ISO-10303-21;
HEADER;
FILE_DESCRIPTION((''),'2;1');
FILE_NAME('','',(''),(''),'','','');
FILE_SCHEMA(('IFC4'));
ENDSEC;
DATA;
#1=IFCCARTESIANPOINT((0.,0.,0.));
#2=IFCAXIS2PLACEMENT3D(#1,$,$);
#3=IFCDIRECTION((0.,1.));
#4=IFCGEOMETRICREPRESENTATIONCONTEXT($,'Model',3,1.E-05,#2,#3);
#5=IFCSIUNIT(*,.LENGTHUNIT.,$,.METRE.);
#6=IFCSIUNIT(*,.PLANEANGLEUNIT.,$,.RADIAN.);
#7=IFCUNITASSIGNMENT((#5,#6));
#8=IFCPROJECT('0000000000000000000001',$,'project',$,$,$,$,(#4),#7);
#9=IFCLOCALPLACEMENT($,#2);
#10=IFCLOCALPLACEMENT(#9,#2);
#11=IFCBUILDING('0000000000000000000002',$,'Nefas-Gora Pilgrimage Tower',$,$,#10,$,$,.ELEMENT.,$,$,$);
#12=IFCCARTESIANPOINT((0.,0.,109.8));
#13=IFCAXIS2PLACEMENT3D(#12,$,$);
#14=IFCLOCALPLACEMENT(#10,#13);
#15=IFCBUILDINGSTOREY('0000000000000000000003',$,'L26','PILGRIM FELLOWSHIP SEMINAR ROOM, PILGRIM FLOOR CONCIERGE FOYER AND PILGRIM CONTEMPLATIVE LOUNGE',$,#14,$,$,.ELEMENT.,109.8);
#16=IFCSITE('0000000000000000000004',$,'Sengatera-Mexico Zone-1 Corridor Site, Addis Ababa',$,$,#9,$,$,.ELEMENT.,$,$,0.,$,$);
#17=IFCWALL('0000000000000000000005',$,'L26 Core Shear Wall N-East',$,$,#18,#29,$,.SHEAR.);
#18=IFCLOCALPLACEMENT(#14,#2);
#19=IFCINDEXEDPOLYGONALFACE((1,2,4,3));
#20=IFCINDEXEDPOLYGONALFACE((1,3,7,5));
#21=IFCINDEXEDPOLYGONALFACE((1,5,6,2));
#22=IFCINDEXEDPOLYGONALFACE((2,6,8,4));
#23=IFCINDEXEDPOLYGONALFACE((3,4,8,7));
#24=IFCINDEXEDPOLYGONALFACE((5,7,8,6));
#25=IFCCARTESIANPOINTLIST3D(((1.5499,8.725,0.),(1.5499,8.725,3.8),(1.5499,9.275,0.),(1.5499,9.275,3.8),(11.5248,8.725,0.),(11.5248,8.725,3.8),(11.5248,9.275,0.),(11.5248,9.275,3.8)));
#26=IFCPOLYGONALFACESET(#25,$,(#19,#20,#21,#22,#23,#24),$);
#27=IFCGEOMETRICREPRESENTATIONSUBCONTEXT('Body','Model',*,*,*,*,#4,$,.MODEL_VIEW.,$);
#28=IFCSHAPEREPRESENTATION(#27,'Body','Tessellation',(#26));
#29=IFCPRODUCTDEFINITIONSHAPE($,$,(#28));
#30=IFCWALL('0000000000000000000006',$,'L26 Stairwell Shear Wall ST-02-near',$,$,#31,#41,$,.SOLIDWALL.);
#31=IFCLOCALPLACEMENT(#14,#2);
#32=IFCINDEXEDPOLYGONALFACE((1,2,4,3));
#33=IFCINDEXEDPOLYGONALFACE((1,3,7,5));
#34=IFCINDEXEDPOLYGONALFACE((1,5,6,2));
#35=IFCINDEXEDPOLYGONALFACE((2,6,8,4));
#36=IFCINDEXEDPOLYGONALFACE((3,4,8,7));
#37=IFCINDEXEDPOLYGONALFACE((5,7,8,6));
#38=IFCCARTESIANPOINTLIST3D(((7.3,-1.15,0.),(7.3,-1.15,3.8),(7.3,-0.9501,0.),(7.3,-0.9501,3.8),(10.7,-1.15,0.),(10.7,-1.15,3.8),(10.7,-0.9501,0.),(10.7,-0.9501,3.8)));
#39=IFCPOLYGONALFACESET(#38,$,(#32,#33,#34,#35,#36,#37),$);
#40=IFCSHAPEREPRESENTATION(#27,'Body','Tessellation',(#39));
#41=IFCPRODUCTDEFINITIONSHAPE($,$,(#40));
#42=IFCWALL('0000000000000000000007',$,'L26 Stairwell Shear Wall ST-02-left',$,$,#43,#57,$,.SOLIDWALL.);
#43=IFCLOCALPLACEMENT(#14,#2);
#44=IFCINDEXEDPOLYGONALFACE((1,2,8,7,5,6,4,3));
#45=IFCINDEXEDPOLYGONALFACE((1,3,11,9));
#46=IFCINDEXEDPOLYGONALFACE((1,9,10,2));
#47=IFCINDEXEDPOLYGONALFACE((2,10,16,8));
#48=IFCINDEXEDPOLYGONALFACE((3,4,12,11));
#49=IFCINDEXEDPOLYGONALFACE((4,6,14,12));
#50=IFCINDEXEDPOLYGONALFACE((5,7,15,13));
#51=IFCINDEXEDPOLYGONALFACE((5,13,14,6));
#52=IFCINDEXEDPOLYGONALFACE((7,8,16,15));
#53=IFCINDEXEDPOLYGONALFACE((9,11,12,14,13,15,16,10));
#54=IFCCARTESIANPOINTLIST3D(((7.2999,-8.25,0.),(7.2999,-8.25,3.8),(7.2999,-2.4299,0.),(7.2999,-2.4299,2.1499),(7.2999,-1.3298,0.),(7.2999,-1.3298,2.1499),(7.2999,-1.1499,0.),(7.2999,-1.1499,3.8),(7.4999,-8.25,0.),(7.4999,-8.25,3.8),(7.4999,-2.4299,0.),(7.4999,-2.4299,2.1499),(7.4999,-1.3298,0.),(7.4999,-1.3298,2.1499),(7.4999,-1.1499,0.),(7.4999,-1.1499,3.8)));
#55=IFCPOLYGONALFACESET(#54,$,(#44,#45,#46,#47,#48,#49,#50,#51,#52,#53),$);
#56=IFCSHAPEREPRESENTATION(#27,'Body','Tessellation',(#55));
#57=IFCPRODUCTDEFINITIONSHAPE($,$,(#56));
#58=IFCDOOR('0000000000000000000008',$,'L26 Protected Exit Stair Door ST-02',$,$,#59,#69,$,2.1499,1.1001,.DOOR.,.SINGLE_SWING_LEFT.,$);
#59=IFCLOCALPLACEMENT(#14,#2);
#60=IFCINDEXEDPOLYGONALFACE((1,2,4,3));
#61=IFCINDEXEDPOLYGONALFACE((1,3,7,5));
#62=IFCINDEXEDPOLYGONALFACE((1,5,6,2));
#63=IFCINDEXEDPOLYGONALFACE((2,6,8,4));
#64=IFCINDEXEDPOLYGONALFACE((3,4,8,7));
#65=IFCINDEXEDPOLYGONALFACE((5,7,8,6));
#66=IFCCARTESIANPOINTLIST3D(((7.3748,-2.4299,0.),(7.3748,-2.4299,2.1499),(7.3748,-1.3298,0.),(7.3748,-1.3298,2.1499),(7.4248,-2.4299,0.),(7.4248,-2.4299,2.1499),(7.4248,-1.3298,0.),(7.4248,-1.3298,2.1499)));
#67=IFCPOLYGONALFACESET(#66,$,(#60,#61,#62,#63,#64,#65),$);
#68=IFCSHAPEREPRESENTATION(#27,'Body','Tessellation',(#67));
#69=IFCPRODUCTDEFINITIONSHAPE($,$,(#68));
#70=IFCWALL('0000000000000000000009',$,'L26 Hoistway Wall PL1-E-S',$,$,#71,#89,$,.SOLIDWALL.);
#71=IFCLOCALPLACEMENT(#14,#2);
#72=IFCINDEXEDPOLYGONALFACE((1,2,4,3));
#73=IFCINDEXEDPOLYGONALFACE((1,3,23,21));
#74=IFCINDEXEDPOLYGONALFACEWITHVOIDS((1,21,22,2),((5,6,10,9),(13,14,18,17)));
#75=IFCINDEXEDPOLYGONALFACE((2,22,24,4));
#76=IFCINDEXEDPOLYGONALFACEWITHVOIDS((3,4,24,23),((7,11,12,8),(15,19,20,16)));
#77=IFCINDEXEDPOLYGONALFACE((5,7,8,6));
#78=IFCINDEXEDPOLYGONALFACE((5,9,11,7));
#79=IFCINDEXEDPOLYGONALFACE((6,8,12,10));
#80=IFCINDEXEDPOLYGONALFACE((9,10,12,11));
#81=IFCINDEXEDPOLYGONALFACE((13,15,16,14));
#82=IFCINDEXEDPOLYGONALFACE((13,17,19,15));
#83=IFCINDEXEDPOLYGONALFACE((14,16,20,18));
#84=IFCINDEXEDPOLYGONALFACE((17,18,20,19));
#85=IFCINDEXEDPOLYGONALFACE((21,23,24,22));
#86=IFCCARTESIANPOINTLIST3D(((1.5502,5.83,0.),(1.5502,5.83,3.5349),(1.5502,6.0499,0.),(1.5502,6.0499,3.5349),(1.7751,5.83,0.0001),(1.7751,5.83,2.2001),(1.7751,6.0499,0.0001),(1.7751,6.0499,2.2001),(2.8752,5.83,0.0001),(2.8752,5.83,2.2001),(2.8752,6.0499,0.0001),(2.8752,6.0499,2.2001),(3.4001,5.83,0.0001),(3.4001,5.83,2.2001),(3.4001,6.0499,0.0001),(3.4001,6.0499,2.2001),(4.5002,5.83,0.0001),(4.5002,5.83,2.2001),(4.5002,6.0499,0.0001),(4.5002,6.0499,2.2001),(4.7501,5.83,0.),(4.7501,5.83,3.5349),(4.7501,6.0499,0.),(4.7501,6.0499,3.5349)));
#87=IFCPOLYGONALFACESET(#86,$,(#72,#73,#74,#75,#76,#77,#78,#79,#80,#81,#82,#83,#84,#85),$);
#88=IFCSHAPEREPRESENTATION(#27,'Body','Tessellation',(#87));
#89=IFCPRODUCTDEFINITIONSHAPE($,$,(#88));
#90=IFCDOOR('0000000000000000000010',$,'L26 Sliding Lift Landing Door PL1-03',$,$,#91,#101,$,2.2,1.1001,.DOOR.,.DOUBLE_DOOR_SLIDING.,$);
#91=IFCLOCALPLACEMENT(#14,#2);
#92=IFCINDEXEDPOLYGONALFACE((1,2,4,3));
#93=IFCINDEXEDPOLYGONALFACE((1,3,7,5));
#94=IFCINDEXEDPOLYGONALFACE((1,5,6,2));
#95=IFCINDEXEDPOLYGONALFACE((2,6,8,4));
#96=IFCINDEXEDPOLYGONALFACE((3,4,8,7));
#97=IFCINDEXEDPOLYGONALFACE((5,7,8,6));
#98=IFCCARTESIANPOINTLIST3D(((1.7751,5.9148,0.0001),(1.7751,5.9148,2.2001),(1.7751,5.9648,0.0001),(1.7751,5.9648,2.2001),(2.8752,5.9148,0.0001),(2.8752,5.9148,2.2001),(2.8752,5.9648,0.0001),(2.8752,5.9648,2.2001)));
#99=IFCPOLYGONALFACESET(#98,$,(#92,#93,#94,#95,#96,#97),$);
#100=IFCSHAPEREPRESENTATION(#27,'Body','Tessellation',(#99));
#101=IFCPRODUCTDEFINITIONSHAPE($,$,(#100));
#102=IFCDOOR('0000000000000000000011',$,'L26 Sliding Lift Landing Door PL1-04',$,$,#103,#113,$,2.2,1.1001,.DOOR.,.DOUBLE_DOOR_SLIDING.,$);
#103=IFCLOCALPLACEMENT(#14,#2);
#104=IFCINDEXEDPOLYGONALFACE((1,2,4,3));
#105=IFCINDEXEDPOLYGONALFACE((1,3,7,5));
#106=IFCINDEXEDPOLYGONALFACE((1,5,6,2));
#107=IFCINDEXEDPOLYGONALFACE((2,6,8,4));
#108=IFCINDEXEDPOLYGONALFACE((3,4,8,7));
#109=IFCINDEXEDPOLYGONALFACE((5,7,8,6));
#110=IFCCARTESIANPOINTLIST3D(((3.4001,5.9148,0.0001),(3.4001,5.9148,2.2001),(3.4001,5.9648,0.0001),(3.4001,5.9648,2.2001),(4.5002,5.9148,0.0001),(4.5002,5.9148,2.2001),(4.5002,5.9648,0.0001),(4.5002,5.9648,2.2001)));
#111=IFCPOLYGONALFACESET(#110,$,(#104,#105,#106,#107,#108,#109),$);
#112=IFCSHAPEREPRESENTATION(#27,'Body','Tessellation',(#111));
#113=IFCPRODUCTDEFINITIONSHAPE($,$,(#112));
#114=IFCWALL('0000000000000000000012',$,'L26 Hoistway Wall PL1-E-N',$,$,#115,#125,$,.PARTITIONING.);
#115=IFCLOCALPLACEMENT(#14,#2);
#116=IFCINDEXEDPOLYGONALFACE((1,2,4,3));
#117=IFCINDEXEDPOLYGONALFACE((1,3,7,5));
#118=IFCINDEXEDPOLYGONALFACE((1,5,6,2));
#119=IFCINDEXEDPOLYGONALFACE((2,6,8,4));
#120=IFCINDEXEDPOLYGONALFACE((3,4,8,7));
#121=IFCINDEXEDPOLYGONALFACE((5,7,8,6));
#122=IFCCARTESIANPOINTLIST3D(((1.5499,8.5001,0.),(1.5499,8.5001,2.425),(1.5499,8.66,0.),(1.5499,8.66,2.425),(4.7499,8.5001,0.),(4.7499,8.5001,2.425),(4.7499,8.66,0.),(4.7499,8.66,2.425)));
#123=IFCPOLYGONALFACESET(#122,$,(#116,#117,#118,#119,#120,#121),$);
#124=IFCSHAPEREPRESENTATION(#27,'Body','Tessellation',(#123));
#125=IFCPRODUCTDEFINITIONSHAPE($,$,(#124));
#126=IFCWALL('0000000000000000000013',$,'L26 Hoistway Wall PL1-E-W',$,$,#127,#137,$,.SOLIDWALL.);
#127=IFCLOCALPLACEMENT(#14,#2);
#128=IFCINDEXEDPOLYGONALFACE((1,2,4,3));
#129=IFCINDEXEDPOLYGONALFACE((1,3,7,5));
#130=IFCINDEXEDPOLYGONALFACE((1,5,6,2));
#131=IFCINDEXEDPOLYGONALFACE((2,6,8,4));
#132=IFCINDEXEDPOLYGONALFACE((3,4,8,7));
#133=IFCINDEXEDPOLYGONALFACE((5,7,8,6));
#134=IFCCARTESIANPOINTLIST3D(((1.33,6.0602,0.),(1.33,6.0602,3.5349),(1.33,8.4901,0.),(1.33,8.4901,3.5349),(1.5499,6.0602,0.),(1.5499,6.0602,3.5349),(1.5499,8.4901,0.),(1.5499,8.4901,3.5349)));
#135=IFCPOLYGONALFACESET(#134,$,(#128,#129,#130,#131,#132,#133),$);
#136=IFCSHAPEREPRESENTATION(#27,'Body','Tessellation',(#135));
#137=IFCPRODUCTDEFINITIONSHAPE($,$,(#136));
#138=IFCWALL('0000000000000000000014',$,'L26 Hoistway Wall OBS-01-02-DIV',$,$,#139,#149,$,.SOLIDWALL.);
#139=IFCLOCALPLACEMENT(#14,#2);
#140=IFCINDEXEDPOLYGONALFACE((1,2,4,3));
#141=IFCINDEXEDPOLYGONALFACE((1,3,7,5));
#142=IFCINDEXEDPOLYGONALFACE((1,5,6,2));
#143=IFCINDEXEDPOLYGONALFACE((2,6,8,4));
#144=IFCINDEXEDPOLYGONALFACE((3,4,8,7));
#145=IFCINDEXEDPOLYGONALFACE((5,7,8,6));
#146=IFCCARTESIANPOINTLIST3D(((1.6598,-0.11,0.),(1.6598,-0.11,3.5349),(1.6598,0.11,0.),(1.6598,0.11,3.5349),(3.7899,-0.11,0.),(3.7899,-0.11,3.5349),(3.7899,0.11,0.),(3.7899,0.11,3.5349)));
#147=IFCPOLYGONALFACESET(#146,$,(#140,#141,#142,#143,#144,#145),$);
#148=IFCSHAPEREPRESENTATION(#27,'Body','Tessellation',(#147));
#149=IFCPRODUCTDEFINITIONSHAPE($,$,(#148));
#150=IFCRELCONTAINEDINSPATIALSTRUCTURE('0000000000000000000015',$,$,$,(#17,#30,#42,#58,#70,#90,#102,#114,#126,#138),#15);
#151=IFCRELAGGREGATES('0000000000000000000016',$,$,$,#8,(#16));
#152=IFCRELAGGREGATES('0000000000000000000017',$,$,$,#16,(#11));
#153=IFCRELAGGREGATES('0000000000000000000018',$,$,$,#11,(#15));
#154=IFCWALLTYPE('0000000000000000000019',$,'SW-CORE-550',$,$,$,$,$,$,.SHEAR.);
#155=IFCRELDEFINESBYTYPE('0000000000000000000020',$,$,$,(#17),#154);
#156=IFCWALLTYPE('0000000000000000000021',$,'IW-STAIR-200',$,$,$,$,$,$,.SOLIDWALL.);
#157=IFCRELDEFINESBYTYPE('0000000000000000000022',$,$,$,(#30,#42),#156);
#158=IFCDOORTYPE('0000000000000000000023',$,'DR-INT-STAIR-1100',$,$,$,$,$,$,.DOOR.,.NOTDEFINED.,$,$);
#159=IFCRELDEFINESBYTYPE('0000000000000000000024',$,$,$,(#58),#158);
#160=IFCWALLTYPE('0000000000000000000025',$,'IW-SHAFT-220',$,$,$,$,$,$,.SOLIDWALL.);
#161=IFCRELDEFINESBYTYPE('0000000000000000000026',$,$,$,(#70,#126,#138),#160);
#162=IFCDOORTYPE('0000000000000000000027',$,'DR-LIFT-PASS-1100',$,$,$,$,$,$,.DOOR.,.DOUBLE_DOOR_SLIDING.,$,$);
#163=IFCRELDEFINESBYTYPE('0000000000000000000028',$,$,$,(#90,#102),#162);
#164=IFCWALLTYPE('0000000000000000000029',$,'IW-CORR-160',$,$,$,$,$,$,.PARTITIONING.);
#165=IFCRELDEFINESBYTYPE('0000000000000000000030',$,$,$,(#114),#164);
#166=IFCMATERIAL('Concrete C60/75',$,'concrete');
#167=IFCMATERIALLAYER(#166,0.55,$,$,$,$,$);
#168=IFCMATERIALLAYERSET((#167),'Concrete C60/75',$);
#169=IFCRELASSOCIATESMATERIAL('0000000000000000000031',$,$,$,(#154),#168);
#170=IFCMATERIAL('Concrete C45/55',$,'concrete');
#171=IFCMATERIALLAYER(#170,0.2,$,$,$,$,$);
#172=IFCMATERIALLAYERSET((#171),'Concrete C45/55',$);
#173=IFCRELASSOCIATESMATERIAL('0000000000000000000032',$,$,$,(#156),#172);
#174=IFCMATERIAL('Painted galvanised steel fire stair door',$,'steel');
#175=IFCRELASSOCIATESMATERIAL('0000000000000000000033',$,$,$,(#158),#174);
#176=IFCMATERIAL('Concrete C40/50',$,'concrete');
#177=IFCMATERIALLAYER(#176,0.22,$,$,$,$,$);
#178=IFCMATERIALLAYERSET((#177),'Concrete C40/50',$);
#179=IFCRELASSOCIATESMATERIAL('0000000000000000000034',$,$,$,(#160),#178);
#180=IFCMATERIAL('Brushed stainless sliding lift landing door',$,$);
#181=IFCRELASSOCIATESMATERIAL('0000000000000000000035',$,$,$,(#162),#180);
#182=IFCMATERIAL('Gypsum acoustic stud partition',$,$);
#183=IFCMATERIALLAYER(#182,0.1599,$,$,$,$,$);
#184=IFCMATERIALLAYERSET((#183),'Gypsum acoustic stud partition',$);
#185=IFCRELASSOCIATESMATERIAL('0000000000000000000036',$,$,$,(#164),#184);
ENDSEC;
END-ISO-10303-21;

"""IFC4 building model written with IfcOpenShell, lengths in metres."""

from ifc_helpers import new_model, si_unit, direction, frame, frame_2d, origin, place, context, subcontext, project, spatial, rectangle, extrude, source, transform, mapped, material, layer, layer_set, type_object, element, fill, save


model = new_model("IFC4")

# Units and contexts
model_context = context("Model", 3, precision=1e-05, world=origin(), true_north=direction((0.0, 1.0)))
body_context = subcontext(model_context, "Body", "Model", "MODEL_VIEW")
ifc_project = project(units=[si_unit("LENGTHUNIT", "METRE"), si_unit("PLANEANGLEUNIT", "RADIAN")], contexts=[model_context])

# Site, building, storey
site_placement = place(None, origin())
site = spatial("IfcSite", under=ifc_project, at=site_placement, Name="Sengatera-Mexico Zone-1 Corridor Site, Addis Ababa", CompositionType="ELEMENT", RefElevation=0.0)
building_placement = place(site_placement, origin())
building = spatial("IfcBuilding", under=site, at=building_placement, Name="Nefas-Gora Pilgrimage Tower", CompositionType="ELEMENT")
storey_placement = place(building_placement, frame((0.0, 0.0, 109.8)))
storey = spatial("IfcBuildingStorey", under=building, at=storey_placement, Name="L26", Description="PILGRIM FELLOWSHIP SEMINAR ROOM, PILGRIM FLOOR CONCIERGE FOYER AND PILGRIM CONTEMPLATIVE LOUNGE", CompositionType="ELEMENT", Elevation=109.8)

# Walls
ifc_material_1 = material(Name="Concrete C60/75", Category="concrete")
ifc_layer_1 = layer(ifc_material_1, 0.55)
ifc_layer_set_1 = layer_set([ifc_layer_1], Name="Concrete C60/75")
wall_type_1 = type_object("IfcWallType", Name="SW-CORE-550", PredefinedType="SHEAR", material=ifc_layer_set_1)
shared_shape_1 = source(origin(), body_context, "Body", "SweptSolid", [
    extrude(rectangle(XDim=9.9749, YDim=0.55, at=frame_2d((4.9873, 0.0))), origin(), (0.0, 0.0, 1.0), 3.8),
])
wall_1_placement = place(storey_placement, frame((1.55, 9.0, 0.0), z_axis=(0.0, 0.0, 1.0), x_axis=(1.0, 0.0, 0.0)))
element("IfcWall", 1, at=wall_1_placement, inside=storey, type_object=wall_type_1, Name="L26 Core Shear Wall N-East", PredefinedType="SHEAR", context=body_context, shape_type="MappedRepresentation", body=[
    mapped(shared_shape_1, transform((0.0, 0.0, 0.0), x_axis=(1.0, 0.0, 0.0), y_axis=(0.0, 1.0, 0.0), z_axis=(0.0, 0.0, 1.0), scale=1.0)),
])
ifc_material_2 = material(Name="Concrete C45/55", Category="concrete")
ifc_layer_2 = layer(ifc_material_2, 0.2)
ifc_layer_set_2 = layer_set([ifc_layer_2], Name="Concrete C45/55")
wall_type_2 = type_object("IfcWallType", Name="IW-STAIR-200", PredefinedType="SOLIDWALL", material=ifc_layer_set_2)
shared_shape_2 = source(origin(), body_context, "Body", "SweptSolid", [
    extrude(rectangle(XDim=3.3999, YDim=0.2, at=frame_2d((1.7, 0.0))), origin(), (0.0, 0.0, 1.0), 3.8),
])
wall_2_placement = place(storey_placement, frame((7.3, -1.05, 0.0), z_axis=(0.0, 0.0, 1.0), x_axis=(1.0, 0.0, 0.0)))
element("IfcWall", 2, at=wall_2_placement, inside=storey, type_object=wall_type_2, Name="L26 Stairwell Shear Wall ST-02-near", PredefinedType="SOLIDWALL", context=body_context, shape_type="MappedRepresentation", body=[
    mapped(shared_shape_2, transform((0.0, 0.0, 0.0), x_axis=(1.0, 0.0, 0.0), y_axis=(0.0, 1.0, 0.0), z_axis=(0.0, 0.0, 1.0), scale=1.0)),
])

# Wall, opening, door
shared_shape_3 = source(origin(), body_context, "Body", "SweptSolid", [
    extrude(rectangle(XDim=7.1001, YDim=0.2, at=frame_2d((3.55, 0.0))), origin(), (0.0, 0.0, 1.0), 3.8),
])
wall_3_placement = place(storey_placement, frame((7.3999, -1.1499, 0.0), z_axis=(0.0, 0.0, 1.0), x_axis=(0.0, -1.0, 0.0)))
wall_3 = element("IfcWall", 3, at=wall_3_placement, inside=storey, type_object=wall_type_2, Name="L26 Stairwell Shear Wall ST-02-left", PredefinedType="SOLIDWALL", context=body_context, shape_type="MappedRepresentation", body=[
    mapped(shared_shape_3, transform((0.0, 0.0, 0.0), x_axis=(1.0, 0.0, 0.0), y_axis=(0.0, 1.0, 0.0), z_axis=(0.0, 0.0, 1.0), scale=1.0)),
])
opening_1_placement = place(wall_3_placement, frame((0.1799, 0.0, 0.0)))
opening_1 = element("IfcOpeningElement", 4, at=opening_1_placement, cuts=wall_3, PredefinedType="OPENING", context=body_context, shape_type="SweptSolid", body=[
    extrude(rectangle(XDim=1.1001, YDim=2.1499, at=frame_2d((0.55, 1.075))), frame((0.0, 0.1099, 0.0), z_axis=(0.0, -1.0, 0.0), x_axis=(1.0, 0.0, 0.0)), (0.0, 0.0, 1.0), 0.22),
])
ifc_material_3 = material(Name="Painted galvanised steel fire stair door", Category="steel")
door_type_1 = type_object("IfcDoorType", Name="DR-INT-STAIR-1100", OperationType="NOTDEFINED", PredefinedType="DOOR", material=ifc_material_3)
shared_shape_4 = source(origin(), body_context, "Body", "SweptSolid", [
    extrude(rectangle(XDim=1.1001, YDim=2.1499, at=frame_2d((0.55, 1.075))), frame((0.0, 0.0249, 0.0), z_axis=(0.0, -1.0, 0.0), x_axis=(1.0, 0.0, 0.0)), (0.0, 0.0, 1.0), 0.05),
])
door_1_placement = place(opening_1_placement, origin())
door_1 = element("IfcDoor", 5, at=door_1_placement, inside=storey, type_object=door_type_1, Name="L26 Protected Exit Stair Door ST-02", OperationType="SINGLE_SWING_LEFT", OverallHeight=2.1499, OverallWidth=1.1001, PredefinedType="DOOR", context=body_context, shape_type="MappedRepresentation", body=[
    mapped(shared_shape_4, transform((0.0, 0.0, 0.0), x_axis=(1.0, 0.0, 0.0), y_axis=(0.0, 1.0, 0.0), z_axis=(0.0, 0.0, 1.0), scale=1.0)),
])
fill(opening_1, door_1)

# Wall, openings, doors
ifc_material_4 = material(Name="Concrete C40/50", Category="concrete")
ifc_layer_3 = layer(ifc_material_4, 0.22)
ifc_layer_set_3 = layer_set([ifc_layer_3], Name="Concrete C40/50")
wall_type_3 = type_object("IfcWallType", Name="IW-SHAFT-220", PredefinedType="SOLIDWALL", material=ifc_layer_set_3)
shared_shape_5 = source(origin(), body_context, "Body", "SweptSolid", [
    extrude(rectangle(XDim=3.2, YDim=0.22, at=frame_2d((1.6001, 0.0))), origin(), (0.0, 0.0, 1.0), 3.5349),
])
wall_4_placement = place(storey_placement, frame((1.55, 5.9399, 0.0), z_axis=(0.0, 0.0, 1.0), x_axis=(1.0, 0.0, 0.0)))
wall_4 = element("IfcWall", 6, at=wall_4_placement, inside=storey, type_object=wall_type_3, Name="L26 Hoistway Wall PL1-E-S", PredefinedType="SOLIDWALL", context=body_context, shape_type="MappedRepresentation", body=[
    mapped(shared_shape_5, transform((0.0, 0.0, 0.0), x_axis=(1.0, 0.0, 0.0), y_axis=(0.0, 1.0, 0.0), z_axis=(0.0, 0.0, 1.0), scale=1.0)),
])
opening_2_placement = place(wall_4_placement, frame((0.2251, 0.0, 0.0)))
opening_2 = element("IfcOpeningElement", 7, at=opening_2_placement, cuts=wall_4, PredefinedType="OPENING", context=body_context, shape_type="SweptSolid", body=[
    extrude(rectangle(XDim=1.1001, YDim=2.2, at=frame_2d((0.55, 1.1001))), frame((0.0, 0.1199, 0.0), z_axis=(0.0, -1.0, 0.0), x_axis=(1.0, 0.0, 0.0)), (0.0, 0.0, 1.0), 0.24),
])
opening_3_placement = place(wall_4_placement, frame((1.8501, 0.0, 0.0)))
opening_3 = element("IfcOpeningElement", 8, at=opening_3_placement, cuts=wall_4, PredefinedType="OPENING", context=body_context, shape_type="SweptSolid", body=[
    extrude(rectangle(XDim=1.1001, YDim=2.2, at=frame_2d((0.55, 1.1001))), frame((0.0, 0.1199, 0.0), z_axis=(0.0, -1.0, 0.0), x_axis=(1.0, 0.0, 0.0)), (0.0, 0.0, 1.0), 0.24),
])
ifc_material_5 = material(Name="Brushed stainless sliding lift landing door")
door_type_2 = type_object("IfcDoorType", Name="DR-LIFT-PASS-1100", OperationType="DOUBLE_DOOR_SLIDING", PredefinedType="DOOR", material=ifc_material_5)
shared_shape_6 = source(origin(), body_context, "Body", "SweptSolid", [
    extrude(rectangle(XDim=1.1001, YDim=2.2, at=frame_2d((0.55, 1.1001))), frame((0.0, 0.0249, 0.0), z_axis=(0.0, -1.0, 0.0), x_axis=(1.0, 0.0, 0.0)), (0.0, 0.0, 1.0), 0.05),
])
door_2_placement = place(opening_2_placement, origin())
door_2 = element("IfcDoor", 9, at=door_2_placement, inside=storey, type_object=door_type_2, Name="L26 Sliding Lift Landing Door PL1-03", OperationType="DOUBLE_DOOR_SLIDING", OverallHeight=2.2, OverallWidth=1.1001, PredefinedType="DOOR", context=body_context, shape_type="MappedRepresentation", body=[
    mapped(shared_shape_6, transform((0.0, 0.0, 0.0), x_axis=(1.0, 0.0, 0.0), y_axis=(0.0, 1.0, 0.0), z_axis=(0.0, 0.0, 1.0), scale=1.0)),
])
fill(opening_2, door_2)
door_3_placement = place(opening_3_placement, origin())
door_3 = element("IfcDoor", 10, at=door_3_placement, inside=storey, type_object=door_type_2, Name="L26 Sliding Lift Landing Door PL1-04", OperationType="DOUBLE_DOOR_SLIDING", OverallHeight=2.2, OverallWidth=1.1001, PredefinedType="DOOR", context=body_context, shape_type="MappedRepresentation", body=[
    mapped(shared_shape_6, transform((0.0, 0.0, 0.0), x_axis=(1.0, 0.0, 0.0), y_axis=(0.0, 1.0, 0.0), z_axis=(0.0, 0.0, 1.0), scale=1.0)),
])
fill(opening_3, door_3)

# Walls
ifc_material_6 = material(Name="Gypsum acoustic stud partition")
ifc_layer_4 = layer(ifc_material_6, 0.1599)
ifc_layer_set_4 = layer_set([ifc_layer_4], Name="Gypsum acoustic stud partition")
wall_type_4 = type_object("IfcWallType", Name="IW-CORR-160", PredefinedType="PARTITIONING", material=ifc_layer_set_4)
shared_shape_7 = source(origin(), body_context, "Body", "SweptSolid", [
    extrude(rectangle(XDim=3.2, YDim=0.1599, at=frame_2d((1.6001, 0.0))), origin(), (0.0, 0.0, 1.0), 2.425),
])
wall_5_placement = place(storey_placement, frame((4.75, 8.5801, 0.0), z_axis=(0.0, 0.0, 1.0), x_axis=(-1.0, 0.0, 0.0)))
element("IfcWall", 11, at=wall_5_placement, inside=storey, type_object=wall_type_4, Name="L26 Hoistway Wall PL1-E-N", PredefinedType="PARTITIONING", context=body_context, shape_type="MappedRepresentation", body=[
    mapped(shared_shape_7, transform((0.0, 0.0, 0.0), x_axis=(1.0, 0.0, 0.0), y_axis=(0.0, 1.0, 0.0), z_axis=(0.0, 0.0, 1.0), scale=1.0)),
])
shared_shape_8 = source(origin(), body_context, "Body", "SweptSolid", [
    extrude(rectangle(XDim=2.4299, YDim=0.22, at=frame_2d((1.2148, 0.0))), origin(), (0.0, 0.0, 1.0), 3.5349),
])
for number, where, z_axis, x_axis, name in (
    (12, (1.4399, 8.49, 0.0), (0.0, 0.0, 1.0), (0.0, -1.0, 0.0), "L26 Hoistway Wall PL1-E-W"),
):
    element("IfcWall", number, at=place(storey_placement, frame(where, z_axis=z_axis, x_axis=x_axis)), inside=storey, type_object=wall_type_3, Name=name, PredefinedType="SOLIDWALL", context=body_context, shape_type="MappedRepresentation", body=[
        mapped(shared_shape_8, transform((0.0, 0.0, 0.0), x_axis=(1.0, 0.0, 0.0), y_axis=(0.0, 1.0, 0.0), z_axis=(0.0, 0.0, 1.0), scale=1.0)),
    ])
shared_shape_9 = source(origin(), body_context, "Body", "SweptSolid", [
    extrude(rectangle(XDim=2.1301, YDim=0.22, at=frame_2d((1.0649, 0.0))), origin(), (0.0, 0.0, 1.0), 3.5349),
])
for number, where, z_axis, x_axis, name in (
    (13, (1.6599, 0.0, 0.0), (0.0, 0.0, 1.0), (1.0, 0.0, 0.0), "L26 Hoistway Wall OBS-01-02-DIV"),
):
    element("IfcWall", number, at=place(storey_placement, frame(where, z_axis=z_axis, x_axis=x_axis)), inside=storey, type_object=wall_type_3, Name=name, PredefinedType="SOLIDWALL", context=body_context, shape_type="MappedRepresentation", body=[
        mapped(shared_shape_9, transform((0.0, 0.0, 0.0), x_axis=(1.0, 0.0, 0.0), y_axis=(0.0, 1.0, 0.0), z_axis=(0.0, 0.0, 1.0), scale=1.0)),
    ])

save(model, "model.ifc")
